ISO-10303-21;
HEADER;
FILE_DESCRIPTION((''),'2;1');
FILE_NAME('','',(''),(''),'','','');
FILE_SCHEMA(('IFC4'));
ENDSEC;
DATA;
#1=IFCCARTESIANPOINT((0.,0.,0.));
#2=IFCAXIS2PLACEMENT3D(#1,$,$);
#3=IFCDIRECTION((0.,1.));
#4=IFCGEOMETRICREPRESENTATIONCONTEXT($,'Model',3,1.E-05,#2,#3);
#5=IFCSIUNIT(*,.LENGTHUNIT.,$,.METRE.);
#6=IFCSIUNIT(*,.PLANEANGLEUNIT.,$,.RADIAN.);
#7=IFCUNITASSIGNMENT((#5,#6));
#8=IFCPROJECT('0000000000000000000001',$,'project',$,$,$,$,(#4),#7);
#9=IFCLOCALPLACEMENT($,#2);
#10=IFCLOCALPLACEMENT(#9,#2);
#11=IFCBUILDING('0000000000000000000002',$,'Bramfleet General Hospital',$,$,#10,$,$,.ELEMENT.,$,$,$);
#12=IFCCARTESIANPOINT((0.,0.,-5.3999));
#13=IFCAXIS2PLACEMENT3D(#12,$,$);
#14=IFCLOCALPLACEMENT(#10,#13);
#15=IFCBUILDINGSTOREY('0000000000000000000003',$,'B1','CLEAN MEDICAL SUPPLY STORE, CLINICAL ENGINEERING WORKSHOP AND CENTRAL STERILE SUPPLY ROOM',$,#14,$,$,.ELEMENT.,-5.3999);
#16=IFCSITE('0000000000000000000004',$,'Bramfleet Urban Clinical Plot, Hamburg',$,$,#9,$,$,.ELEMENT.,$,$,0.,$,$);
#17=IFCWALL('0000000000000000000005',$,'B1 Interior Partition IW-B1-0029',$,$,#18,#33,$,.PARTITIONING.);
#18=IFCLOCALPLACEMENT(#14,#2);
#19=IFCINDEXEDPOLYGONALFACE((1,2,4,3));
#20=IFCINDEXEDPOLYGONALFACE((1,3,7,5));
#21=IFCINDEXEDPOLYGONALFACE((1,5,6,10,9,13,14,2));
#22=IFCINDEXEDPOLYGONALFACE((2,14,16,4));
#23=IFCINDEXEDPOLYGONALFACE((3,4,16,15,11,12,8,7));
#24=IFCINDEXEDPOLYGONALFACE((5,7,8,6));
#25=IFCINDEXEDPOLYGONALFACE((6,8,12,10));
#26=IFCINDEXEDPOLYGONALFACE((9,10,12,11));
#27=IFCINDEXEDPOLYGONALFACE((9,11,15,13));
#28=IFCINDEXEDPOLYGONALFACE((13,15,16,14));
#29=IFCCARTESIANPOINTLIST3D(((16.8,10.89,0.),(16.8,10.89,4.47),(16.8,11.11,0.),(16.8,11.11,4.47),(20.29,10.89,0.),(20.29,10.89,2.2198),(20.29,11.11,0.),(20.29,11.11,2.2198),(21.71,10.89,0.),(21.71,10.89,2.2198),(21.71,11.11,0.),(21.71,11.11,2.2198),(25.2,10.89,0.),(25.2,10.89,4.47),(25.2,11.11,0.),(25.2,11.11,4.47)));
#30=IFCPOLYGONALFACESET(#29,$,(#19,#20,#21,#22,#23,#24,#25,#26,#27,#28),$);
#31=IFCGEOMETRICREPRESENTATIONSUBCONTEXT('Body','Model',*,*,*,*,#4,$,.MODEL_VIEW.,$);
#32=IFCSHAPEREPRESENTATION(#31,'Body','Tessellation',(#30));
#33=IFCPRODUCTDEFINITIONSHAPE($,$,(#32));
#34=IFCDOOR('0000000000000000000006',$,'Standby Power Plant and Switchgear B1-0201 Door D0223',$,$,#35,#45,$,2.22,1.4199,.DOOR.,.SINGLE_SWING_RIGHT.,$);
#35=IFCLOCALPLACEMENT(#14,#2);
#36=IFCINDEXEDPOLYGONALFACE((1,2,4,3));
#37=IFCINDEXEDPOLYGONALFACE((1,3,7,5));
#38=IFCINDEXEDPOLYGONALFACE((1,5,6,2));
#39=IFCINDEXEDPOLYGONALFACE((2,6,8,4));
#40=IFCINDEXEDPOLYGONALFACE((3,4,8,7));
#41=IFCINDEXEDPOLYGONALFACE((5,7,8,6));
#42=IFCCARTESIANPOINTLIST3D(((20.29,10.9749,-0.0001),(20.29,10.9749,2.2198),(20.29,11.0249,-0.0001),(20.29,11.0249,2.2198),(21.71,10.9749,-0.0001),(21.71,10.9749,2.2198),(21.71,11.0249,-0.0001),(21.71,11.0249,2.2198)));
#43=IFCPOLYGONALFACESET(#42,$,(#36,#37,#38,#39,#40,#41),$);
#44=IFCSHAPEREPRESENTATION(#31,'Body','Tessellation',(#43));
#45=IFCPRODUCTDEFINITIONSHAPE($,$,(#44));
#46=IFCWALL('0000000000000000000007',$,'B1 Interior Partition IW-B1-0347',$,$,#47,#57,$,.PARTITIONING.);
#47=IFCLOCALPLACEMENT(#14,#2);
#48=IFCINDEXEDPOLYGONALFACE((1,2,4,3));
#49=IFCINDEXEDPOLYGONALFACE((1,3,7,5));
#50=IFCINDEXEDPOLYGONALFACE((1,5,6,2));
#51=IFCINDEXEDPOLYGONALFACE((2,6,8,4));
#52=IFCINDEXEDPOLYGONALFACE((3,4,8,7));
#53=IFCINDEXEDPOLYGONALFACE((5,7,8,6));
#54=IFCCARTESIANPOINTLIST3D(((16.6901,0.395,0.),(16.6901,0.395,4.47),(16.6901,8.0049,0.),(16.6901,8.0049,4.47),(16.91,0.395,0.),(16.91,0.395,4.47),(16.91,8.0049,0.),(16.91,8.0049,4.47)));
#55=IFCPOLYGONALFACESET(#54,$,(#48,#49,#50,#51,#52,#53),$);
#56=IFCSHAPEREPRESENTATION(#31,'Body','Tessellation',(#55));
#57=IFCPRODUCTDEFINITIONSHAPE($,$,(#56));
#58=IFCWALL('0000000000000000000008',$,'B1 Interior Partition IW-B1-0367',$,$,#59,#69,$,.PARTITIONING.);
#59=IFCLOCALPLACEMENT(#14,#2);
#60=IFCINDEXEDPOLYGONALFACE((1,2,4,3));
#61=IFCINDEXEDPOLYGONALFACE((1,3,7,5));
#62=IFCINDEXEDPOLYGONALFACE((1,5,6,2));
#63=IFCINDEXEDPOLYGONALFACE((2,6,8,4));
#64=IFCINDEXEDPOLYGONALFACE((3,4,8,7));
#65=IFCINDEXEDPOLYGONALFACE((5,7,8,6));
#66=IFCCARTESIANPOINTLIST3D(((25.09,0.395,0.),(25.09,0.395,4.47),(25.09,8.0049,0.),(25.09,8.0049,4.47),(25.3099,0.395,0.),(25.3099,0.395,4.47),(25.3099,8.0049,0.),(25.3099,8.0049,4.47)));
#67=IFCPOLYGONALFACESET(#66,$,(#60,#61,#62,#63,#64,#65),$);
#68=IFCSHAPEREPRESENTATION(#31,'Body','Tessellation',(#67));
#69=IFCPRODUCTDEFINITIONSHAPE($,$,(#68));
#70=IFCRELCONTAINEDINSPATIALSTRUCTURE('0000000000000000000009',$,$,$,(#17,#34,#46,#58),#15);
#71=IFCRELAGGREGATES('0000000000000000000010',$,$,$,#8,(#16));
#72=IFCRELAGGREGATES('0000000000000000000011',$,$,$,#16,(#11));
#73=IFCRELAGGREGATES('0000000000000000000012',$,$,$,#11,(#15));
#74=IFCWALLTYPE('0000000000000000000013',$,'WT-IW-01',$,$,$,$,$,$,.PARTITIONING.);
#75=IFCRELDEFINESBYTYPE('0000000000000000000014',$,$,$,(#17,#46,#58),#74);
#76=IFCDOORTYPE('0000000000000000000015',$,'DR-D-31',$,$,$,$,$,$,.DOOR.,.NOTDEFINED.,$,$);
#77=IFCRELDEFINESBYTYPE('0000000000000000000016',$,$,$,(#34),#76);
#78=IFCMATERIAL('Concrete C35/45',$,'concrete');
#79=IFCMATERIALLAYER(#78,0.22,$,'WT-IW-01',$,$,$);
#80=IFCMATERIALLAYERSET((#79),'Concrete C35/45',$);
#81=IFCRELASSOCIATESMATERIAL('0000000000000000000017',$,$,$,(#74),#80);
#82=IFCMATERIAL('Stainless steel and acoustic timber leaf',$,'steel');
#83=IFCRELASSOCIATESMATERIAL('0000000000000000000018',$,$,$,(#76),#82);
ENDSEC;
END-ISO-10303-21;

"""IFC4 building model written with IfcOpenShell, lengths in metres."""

from ifc_helpers import new_model, si_unit, direction, frame, frame_2d, origin, place, context, subcontext, project, spatial, rectangle, extrude, material, layer, layer_set, type_object, element, fill, save


model = new_model("IFC4")

# Units and contexts
model_context = context("Model", 3, precision=1e-05, world=origin(), true_north=direction((0.0, 1.0)))
body_context = subcontext(model_context, "Body", "Model", "MODEL_VIEW")
ifc_project = project(units=[si_unit("LENGTHUNIT", "METRE"), si_unit("PLANEANGLEUNIT", "RADIAN")], contexts=[model_context])

# Site, building, storey
site_placement = place(None, origin())
site = spatial("IfcSite", under=ifc_project, at=site_placement, Name="Bramfleet Urban Clinical Plot, Hamburg", CompositionType="ELEMENT", RefElevation=0.0)
building_placement = place(site_placement, origin())
building = spatial("IfcBuilding", under=site, at=building_placement, Name="Bramfleet General Hospital", CompositionType="ELEMENT")
storey_placement = place(building_placement, frame((0.0, 0.0, -5.3999)))
storey = spatial("IfcBuildingStorey", under=building, at=storey_placement, Name="B1", Description="CLEAN MEDICAL SUPPLY STORE, CLINICAL ENGINEERING WORKSHOP AND CENTRAL STERILE SUPPLY ROOM", CompositionType="ELEMENT", Elevation=-5.3999)

# Shared definitions
ifc_material_1 = material(Name="Concrete C35/45", Category="concrete")

# Wall, opening, door
ifc_layer_1 = layer(ifc_material_1, 0.22, Name="WT-IW-01")
ifc_layer_set_1 = layer_set([ifc_layer_1], Name="Concrete C35/45")
wall_type_1 = type_object("IfcWallType", Name="WT-IW-01", PredefinedType="PARTITIONING", material=ifc_layer_set_1)
ifc_material_2 = material(Name="Stainless steel and acoustic timber leaf", Category="steel")
wall_1_placement = place(storey_placement, frame((16.8, 11.0, 0.0), z_axis=(0.0, 0.0, 1.0), x_axis=(1.0, 0.0, 0.0)))
wall_1 = element("IfcWall", 1, at=wall_1_placement, inside=storey, type_object=wall_type_1, Name="B1 Interior Partition IW-B1-0029", PredefinedType="PARTITIONING", context=body_context, shape_type="SweptSolid", body=[
    extrude(rectangle(XDim=8.3999, YDim=0.22, at=frame_2d((4.2, 0.0))), origin(), (0.0, 0.0, 1.0), 4.47),
])
opening_1_placement = place(wall_1_placement, frame((3.49, 0.0, 0.0)))
opening_1 = element("IfcOpeningElement", 2, at=opening_1_placement, cuts=wall_1, PredefinedType="OPENING", context=body_context, shape_type="SweptSolid", body=[
    extrude(rectangle(XDim=1.4199, YDim=2.22, at=frame_2d((0.71, 1.1099))), frame((0.0, 0.1199, 0.0), z_axis=(0.0, -1.0, 0.0), x_axis=(1.0, 0.0, 0.0)), (0.0, 0.0, 1.0), 0.24),
])
door_type_1 = type_object("IfcDoorType", Name="DR-D-31", OperationType="NOTDEFINED", PredefinedType="DOOR", material=ifc_material_2)
door_1_placement = place(opening_1_placement, origin())
door_1 = element("IfcDoor", 3, at=door_1_placement, inside=storey, type_object=door_type_1, Name="Standby Power Plant and Switchgear B1-0201 Door D0223", OperationType="SINGLE_SWING_RIGHT", OverallHeight=2.22, OverallWidth=1.4199, PredefinedType="DOOR", context=body_context, shape_type="SweptSolid", body=[
    extrude(rectangle(XDim=1.4199, YDim=2.22, at=frame_2d((0.71, 1.1099))), frame((0.0, 0.0249, 0.0), z_axis=(0.0, -1.0, 0.0), x_axis=(1.0, 0.0, 0.0)), (0.0, 0.0, 1.0), 0.05),
])
fill(opening_1, door_1)

# Walls
for number, where, z_axis, x_axis, name in (
    (4, (16.8, 0.395, 0.0), (0.0, 0.0, 1.0), (0.0, 1.0, 0.0), "B1 Interior Partition IW-B1-0347"),
    (5, (25.2, 0.395, 0.0), (0.0, 0.0, 1.0), (0.0, 1.0, 0.0), "B1 Interior Partition IW-B1-0367"),
):
    element("IfcWall", number, at=place(storey_placement, frame(where, z_axis=z_axis, x_axis=x_axis)), inside=storey, type_object=wall_type_1, Name=name, PredefinedType="PARTITIONING", context=body_context, shape_type="SweptSolid", body=[
        extrude(rectangle(XDim=7.6099, YDim=0.22, at=frame_2d((3.8049, 0.0))), origin(), (0.0, 0.0, 1.0), 4.47),
    ])

save(model, "model.ifc")
